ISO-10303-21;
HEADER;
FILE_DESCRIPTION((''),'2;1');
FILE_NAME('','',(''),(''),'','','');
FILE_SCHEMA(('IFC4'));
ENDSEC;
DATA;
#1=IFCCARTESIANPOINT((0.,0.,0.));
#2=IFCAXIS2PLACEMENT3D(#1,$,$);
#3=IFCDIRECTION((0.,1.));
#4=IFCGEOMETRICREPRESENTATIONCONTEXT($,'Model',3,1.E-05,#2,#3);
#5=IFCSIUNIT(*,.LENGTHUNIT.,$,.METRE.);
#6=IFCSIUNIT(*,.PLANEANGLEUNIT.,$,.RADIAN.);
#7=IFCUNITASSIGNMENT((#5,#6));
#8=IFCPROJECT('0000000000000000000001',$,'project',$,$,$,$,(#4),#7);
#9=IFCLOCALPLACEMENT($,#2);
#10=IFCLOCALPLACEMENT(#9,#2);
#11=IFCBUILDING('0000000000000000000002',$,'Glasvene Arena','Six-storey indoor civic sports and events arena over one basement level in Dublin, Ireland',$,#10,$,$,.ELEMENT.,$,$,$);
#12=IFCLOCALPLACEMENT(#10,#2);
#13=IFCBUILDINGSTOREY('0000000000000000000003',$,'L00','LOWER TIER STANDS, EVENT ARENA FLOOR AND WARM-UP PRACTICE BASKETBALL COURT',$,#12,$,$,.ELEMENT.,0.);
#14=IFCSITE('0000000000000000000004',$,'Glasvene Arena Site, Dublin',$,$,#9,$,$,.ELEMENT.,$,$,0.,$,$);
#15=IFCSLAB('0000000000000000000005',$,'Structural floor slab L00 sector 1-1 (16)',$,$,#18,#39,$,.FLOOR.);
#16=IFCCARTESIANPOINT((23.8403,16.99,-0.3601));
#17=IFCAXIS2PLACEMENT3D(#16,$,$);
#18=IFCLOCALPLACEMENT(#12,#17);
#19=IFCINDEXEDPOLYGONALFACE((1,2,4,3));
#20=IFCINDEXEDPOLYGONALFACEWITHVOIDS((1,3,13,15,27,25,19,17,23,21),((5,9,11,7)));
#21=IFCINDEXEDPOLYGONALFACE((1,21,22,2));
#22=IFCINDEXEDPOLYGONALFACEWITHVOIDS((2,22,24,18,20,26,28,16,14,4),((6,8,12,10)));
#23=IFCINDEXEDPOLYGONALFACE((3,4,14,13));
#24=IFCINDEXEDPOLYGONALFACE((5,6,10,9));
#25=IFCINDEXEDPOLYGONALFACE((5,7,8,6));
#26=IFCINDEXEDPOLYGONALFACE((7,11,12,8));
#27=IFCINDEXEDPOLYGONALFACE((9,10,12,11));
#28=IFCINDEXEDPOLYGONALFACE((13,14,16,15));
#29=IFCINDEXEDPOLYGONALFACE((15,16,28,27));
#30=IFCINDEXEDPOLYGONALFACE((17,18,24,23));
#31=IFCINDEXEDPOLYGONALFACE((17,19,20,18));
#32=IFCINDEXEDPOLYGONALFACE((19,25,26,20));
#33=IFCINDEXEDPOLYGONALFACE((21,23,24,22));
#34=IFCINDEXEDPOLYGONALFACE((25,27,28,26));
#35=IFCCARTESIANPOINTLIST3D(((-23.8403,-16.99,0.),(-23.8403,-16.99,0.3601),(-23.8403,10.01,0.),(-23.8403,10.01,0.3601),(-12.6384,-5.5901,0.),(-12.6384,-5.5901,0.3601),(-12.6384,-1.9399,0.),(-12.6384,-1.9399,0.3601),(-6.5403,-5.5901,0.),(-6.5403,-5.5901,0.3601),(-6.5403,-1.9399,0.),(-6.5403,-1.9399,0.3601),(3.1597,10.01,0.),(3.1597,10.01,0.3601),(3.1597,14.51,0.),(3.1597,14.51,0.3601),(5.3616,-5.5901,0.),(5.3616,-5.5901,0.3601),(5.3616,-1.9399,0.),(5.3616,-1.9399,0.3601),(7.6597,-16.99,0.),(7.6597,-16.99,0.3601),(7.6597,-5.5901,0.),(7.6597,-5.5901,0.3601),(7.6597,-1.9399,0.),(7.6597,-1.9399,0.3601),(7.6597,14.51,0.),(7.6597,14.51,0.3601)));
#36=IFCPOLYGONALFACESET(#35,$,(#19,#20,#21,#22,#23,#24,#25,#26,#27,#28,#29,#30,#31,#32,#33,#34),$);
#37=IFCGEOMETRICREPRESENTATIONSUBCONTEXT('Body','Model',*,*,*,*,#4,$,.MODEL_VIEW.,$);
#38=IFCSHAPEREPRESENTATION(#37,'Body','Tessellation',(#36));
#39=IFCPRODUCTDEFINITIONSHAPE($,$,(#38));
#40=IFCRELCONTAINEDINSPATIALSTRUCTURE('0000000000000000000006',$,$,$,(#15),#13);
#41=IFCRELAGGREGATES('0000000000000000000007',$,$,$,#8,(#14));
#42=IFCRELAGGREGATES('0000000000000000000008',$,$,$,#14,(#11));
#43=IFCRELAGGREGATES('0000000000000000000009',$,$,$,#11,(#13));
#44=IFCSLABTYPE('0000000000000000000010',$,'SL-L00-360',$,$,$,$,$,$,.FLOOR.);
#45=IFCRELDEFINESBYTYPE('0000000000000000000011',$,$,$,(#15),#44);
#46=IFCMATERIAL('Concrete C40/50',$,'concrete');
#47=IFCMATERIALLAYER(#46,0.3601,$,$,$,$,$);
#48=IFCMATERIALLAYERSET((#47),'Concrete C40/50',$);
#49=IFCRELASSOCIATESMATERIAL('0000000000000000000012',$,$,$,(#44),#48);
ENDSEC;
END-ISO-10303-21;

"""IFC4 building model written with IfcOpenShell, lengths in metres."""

from ifc_helpers import new_model, si_unit, direction, frame, origin, place, context, subcontext, project, spatial, polyline, outline, extrude, material, layer, layer_set, type_object, element, save


model = new_model("IFC4")

# Units and contexts
model_context = context("Model", 3, precision=1e-05, world=origin(), true_north=direction((0.0, 1.0)))
body_context = subcontext(model_context, "Body", "Model", "MODEL_VIEW")
ifc_project = project(units=[si_unit("LENGTHUNIT", "METRE"), si_unit("PLANEANGLEUNIT", "RADIAN")], contexts=[model_context])

# Site, building, storey
site_placement = place(None, origin())
site = spatial("IfcSite", under=ifc_project, at=site_placement, Name="Glasvene Arena Site, Dublin", CompositionType="ELEMENT", RefElevation=0.0)
building_placement = place(site_placement, origin())
building = spatial("IfcBuilding", under=site, at=building_placement, Name="Glasvene Arena", Description="Six-storey indoor civic sports and events arena over one basement level in Dublin, Ireland", CompositionType="ELEMENT")
storey_placement = place(building_placement, origin())
storey = spatial("IfcBuildingStorey", under=building, at=storey_placement, Name="L00", Description="LOWER TIER STANDS, EVENT ARENA FLOOR AND WARM-UP PRACTICE BASKETBALL COURT", CompositionType="ELEMENT", Elevation=0.0)

# Slab
ifc_material_1 = material(Name="Concrete C40/50", Category="concrete")
ifc_layer_1 = layer(ifc_material_1, 0.3601)
ifc_layer_set_1 = layer_set([ifc_layer_1], Name="Concrete C40/50")
slab_type = type_object("IfcSlabType", Name="SL-L00-360", PredefinedType="FLOOR", material=ifc_layer_set_1)
slab_placement = place(storey_placement, frame((23.8403, 16.99, -0.3601)))
element("IfcSlab", 1, at=slab_placement, inside=storey, type_object=slab_type, Name="Structural floor slab L00 sector 1-1 (16)", PredefinedType="FLOOR", context=body_context, shape_type="SweptSolid", body=[
    extrude(outline(polyline([(-23.8403, 10.01), (3.1597, 10.01), (3.1597, 14.51), (7.6597, 14.51), (7.6597, -1.9399), (5.3616, -1.9399), (5.3616, -5.5901), (7.6597, -5.5901), (7.6597, -16.99), (-23.8403, -16.99), (-23.8403, 10.01)]), holes=[polyline([(-6.5403, -5.5901), (-6.5403, -1.9399), (-12.6384, -1.9399), (-12.6384, -5.5901), (-6.5403, -5.5901)])]), origin(), (0.0, 0.0, 1.0), 0.3601),
])

save(model, "model.ifc")
